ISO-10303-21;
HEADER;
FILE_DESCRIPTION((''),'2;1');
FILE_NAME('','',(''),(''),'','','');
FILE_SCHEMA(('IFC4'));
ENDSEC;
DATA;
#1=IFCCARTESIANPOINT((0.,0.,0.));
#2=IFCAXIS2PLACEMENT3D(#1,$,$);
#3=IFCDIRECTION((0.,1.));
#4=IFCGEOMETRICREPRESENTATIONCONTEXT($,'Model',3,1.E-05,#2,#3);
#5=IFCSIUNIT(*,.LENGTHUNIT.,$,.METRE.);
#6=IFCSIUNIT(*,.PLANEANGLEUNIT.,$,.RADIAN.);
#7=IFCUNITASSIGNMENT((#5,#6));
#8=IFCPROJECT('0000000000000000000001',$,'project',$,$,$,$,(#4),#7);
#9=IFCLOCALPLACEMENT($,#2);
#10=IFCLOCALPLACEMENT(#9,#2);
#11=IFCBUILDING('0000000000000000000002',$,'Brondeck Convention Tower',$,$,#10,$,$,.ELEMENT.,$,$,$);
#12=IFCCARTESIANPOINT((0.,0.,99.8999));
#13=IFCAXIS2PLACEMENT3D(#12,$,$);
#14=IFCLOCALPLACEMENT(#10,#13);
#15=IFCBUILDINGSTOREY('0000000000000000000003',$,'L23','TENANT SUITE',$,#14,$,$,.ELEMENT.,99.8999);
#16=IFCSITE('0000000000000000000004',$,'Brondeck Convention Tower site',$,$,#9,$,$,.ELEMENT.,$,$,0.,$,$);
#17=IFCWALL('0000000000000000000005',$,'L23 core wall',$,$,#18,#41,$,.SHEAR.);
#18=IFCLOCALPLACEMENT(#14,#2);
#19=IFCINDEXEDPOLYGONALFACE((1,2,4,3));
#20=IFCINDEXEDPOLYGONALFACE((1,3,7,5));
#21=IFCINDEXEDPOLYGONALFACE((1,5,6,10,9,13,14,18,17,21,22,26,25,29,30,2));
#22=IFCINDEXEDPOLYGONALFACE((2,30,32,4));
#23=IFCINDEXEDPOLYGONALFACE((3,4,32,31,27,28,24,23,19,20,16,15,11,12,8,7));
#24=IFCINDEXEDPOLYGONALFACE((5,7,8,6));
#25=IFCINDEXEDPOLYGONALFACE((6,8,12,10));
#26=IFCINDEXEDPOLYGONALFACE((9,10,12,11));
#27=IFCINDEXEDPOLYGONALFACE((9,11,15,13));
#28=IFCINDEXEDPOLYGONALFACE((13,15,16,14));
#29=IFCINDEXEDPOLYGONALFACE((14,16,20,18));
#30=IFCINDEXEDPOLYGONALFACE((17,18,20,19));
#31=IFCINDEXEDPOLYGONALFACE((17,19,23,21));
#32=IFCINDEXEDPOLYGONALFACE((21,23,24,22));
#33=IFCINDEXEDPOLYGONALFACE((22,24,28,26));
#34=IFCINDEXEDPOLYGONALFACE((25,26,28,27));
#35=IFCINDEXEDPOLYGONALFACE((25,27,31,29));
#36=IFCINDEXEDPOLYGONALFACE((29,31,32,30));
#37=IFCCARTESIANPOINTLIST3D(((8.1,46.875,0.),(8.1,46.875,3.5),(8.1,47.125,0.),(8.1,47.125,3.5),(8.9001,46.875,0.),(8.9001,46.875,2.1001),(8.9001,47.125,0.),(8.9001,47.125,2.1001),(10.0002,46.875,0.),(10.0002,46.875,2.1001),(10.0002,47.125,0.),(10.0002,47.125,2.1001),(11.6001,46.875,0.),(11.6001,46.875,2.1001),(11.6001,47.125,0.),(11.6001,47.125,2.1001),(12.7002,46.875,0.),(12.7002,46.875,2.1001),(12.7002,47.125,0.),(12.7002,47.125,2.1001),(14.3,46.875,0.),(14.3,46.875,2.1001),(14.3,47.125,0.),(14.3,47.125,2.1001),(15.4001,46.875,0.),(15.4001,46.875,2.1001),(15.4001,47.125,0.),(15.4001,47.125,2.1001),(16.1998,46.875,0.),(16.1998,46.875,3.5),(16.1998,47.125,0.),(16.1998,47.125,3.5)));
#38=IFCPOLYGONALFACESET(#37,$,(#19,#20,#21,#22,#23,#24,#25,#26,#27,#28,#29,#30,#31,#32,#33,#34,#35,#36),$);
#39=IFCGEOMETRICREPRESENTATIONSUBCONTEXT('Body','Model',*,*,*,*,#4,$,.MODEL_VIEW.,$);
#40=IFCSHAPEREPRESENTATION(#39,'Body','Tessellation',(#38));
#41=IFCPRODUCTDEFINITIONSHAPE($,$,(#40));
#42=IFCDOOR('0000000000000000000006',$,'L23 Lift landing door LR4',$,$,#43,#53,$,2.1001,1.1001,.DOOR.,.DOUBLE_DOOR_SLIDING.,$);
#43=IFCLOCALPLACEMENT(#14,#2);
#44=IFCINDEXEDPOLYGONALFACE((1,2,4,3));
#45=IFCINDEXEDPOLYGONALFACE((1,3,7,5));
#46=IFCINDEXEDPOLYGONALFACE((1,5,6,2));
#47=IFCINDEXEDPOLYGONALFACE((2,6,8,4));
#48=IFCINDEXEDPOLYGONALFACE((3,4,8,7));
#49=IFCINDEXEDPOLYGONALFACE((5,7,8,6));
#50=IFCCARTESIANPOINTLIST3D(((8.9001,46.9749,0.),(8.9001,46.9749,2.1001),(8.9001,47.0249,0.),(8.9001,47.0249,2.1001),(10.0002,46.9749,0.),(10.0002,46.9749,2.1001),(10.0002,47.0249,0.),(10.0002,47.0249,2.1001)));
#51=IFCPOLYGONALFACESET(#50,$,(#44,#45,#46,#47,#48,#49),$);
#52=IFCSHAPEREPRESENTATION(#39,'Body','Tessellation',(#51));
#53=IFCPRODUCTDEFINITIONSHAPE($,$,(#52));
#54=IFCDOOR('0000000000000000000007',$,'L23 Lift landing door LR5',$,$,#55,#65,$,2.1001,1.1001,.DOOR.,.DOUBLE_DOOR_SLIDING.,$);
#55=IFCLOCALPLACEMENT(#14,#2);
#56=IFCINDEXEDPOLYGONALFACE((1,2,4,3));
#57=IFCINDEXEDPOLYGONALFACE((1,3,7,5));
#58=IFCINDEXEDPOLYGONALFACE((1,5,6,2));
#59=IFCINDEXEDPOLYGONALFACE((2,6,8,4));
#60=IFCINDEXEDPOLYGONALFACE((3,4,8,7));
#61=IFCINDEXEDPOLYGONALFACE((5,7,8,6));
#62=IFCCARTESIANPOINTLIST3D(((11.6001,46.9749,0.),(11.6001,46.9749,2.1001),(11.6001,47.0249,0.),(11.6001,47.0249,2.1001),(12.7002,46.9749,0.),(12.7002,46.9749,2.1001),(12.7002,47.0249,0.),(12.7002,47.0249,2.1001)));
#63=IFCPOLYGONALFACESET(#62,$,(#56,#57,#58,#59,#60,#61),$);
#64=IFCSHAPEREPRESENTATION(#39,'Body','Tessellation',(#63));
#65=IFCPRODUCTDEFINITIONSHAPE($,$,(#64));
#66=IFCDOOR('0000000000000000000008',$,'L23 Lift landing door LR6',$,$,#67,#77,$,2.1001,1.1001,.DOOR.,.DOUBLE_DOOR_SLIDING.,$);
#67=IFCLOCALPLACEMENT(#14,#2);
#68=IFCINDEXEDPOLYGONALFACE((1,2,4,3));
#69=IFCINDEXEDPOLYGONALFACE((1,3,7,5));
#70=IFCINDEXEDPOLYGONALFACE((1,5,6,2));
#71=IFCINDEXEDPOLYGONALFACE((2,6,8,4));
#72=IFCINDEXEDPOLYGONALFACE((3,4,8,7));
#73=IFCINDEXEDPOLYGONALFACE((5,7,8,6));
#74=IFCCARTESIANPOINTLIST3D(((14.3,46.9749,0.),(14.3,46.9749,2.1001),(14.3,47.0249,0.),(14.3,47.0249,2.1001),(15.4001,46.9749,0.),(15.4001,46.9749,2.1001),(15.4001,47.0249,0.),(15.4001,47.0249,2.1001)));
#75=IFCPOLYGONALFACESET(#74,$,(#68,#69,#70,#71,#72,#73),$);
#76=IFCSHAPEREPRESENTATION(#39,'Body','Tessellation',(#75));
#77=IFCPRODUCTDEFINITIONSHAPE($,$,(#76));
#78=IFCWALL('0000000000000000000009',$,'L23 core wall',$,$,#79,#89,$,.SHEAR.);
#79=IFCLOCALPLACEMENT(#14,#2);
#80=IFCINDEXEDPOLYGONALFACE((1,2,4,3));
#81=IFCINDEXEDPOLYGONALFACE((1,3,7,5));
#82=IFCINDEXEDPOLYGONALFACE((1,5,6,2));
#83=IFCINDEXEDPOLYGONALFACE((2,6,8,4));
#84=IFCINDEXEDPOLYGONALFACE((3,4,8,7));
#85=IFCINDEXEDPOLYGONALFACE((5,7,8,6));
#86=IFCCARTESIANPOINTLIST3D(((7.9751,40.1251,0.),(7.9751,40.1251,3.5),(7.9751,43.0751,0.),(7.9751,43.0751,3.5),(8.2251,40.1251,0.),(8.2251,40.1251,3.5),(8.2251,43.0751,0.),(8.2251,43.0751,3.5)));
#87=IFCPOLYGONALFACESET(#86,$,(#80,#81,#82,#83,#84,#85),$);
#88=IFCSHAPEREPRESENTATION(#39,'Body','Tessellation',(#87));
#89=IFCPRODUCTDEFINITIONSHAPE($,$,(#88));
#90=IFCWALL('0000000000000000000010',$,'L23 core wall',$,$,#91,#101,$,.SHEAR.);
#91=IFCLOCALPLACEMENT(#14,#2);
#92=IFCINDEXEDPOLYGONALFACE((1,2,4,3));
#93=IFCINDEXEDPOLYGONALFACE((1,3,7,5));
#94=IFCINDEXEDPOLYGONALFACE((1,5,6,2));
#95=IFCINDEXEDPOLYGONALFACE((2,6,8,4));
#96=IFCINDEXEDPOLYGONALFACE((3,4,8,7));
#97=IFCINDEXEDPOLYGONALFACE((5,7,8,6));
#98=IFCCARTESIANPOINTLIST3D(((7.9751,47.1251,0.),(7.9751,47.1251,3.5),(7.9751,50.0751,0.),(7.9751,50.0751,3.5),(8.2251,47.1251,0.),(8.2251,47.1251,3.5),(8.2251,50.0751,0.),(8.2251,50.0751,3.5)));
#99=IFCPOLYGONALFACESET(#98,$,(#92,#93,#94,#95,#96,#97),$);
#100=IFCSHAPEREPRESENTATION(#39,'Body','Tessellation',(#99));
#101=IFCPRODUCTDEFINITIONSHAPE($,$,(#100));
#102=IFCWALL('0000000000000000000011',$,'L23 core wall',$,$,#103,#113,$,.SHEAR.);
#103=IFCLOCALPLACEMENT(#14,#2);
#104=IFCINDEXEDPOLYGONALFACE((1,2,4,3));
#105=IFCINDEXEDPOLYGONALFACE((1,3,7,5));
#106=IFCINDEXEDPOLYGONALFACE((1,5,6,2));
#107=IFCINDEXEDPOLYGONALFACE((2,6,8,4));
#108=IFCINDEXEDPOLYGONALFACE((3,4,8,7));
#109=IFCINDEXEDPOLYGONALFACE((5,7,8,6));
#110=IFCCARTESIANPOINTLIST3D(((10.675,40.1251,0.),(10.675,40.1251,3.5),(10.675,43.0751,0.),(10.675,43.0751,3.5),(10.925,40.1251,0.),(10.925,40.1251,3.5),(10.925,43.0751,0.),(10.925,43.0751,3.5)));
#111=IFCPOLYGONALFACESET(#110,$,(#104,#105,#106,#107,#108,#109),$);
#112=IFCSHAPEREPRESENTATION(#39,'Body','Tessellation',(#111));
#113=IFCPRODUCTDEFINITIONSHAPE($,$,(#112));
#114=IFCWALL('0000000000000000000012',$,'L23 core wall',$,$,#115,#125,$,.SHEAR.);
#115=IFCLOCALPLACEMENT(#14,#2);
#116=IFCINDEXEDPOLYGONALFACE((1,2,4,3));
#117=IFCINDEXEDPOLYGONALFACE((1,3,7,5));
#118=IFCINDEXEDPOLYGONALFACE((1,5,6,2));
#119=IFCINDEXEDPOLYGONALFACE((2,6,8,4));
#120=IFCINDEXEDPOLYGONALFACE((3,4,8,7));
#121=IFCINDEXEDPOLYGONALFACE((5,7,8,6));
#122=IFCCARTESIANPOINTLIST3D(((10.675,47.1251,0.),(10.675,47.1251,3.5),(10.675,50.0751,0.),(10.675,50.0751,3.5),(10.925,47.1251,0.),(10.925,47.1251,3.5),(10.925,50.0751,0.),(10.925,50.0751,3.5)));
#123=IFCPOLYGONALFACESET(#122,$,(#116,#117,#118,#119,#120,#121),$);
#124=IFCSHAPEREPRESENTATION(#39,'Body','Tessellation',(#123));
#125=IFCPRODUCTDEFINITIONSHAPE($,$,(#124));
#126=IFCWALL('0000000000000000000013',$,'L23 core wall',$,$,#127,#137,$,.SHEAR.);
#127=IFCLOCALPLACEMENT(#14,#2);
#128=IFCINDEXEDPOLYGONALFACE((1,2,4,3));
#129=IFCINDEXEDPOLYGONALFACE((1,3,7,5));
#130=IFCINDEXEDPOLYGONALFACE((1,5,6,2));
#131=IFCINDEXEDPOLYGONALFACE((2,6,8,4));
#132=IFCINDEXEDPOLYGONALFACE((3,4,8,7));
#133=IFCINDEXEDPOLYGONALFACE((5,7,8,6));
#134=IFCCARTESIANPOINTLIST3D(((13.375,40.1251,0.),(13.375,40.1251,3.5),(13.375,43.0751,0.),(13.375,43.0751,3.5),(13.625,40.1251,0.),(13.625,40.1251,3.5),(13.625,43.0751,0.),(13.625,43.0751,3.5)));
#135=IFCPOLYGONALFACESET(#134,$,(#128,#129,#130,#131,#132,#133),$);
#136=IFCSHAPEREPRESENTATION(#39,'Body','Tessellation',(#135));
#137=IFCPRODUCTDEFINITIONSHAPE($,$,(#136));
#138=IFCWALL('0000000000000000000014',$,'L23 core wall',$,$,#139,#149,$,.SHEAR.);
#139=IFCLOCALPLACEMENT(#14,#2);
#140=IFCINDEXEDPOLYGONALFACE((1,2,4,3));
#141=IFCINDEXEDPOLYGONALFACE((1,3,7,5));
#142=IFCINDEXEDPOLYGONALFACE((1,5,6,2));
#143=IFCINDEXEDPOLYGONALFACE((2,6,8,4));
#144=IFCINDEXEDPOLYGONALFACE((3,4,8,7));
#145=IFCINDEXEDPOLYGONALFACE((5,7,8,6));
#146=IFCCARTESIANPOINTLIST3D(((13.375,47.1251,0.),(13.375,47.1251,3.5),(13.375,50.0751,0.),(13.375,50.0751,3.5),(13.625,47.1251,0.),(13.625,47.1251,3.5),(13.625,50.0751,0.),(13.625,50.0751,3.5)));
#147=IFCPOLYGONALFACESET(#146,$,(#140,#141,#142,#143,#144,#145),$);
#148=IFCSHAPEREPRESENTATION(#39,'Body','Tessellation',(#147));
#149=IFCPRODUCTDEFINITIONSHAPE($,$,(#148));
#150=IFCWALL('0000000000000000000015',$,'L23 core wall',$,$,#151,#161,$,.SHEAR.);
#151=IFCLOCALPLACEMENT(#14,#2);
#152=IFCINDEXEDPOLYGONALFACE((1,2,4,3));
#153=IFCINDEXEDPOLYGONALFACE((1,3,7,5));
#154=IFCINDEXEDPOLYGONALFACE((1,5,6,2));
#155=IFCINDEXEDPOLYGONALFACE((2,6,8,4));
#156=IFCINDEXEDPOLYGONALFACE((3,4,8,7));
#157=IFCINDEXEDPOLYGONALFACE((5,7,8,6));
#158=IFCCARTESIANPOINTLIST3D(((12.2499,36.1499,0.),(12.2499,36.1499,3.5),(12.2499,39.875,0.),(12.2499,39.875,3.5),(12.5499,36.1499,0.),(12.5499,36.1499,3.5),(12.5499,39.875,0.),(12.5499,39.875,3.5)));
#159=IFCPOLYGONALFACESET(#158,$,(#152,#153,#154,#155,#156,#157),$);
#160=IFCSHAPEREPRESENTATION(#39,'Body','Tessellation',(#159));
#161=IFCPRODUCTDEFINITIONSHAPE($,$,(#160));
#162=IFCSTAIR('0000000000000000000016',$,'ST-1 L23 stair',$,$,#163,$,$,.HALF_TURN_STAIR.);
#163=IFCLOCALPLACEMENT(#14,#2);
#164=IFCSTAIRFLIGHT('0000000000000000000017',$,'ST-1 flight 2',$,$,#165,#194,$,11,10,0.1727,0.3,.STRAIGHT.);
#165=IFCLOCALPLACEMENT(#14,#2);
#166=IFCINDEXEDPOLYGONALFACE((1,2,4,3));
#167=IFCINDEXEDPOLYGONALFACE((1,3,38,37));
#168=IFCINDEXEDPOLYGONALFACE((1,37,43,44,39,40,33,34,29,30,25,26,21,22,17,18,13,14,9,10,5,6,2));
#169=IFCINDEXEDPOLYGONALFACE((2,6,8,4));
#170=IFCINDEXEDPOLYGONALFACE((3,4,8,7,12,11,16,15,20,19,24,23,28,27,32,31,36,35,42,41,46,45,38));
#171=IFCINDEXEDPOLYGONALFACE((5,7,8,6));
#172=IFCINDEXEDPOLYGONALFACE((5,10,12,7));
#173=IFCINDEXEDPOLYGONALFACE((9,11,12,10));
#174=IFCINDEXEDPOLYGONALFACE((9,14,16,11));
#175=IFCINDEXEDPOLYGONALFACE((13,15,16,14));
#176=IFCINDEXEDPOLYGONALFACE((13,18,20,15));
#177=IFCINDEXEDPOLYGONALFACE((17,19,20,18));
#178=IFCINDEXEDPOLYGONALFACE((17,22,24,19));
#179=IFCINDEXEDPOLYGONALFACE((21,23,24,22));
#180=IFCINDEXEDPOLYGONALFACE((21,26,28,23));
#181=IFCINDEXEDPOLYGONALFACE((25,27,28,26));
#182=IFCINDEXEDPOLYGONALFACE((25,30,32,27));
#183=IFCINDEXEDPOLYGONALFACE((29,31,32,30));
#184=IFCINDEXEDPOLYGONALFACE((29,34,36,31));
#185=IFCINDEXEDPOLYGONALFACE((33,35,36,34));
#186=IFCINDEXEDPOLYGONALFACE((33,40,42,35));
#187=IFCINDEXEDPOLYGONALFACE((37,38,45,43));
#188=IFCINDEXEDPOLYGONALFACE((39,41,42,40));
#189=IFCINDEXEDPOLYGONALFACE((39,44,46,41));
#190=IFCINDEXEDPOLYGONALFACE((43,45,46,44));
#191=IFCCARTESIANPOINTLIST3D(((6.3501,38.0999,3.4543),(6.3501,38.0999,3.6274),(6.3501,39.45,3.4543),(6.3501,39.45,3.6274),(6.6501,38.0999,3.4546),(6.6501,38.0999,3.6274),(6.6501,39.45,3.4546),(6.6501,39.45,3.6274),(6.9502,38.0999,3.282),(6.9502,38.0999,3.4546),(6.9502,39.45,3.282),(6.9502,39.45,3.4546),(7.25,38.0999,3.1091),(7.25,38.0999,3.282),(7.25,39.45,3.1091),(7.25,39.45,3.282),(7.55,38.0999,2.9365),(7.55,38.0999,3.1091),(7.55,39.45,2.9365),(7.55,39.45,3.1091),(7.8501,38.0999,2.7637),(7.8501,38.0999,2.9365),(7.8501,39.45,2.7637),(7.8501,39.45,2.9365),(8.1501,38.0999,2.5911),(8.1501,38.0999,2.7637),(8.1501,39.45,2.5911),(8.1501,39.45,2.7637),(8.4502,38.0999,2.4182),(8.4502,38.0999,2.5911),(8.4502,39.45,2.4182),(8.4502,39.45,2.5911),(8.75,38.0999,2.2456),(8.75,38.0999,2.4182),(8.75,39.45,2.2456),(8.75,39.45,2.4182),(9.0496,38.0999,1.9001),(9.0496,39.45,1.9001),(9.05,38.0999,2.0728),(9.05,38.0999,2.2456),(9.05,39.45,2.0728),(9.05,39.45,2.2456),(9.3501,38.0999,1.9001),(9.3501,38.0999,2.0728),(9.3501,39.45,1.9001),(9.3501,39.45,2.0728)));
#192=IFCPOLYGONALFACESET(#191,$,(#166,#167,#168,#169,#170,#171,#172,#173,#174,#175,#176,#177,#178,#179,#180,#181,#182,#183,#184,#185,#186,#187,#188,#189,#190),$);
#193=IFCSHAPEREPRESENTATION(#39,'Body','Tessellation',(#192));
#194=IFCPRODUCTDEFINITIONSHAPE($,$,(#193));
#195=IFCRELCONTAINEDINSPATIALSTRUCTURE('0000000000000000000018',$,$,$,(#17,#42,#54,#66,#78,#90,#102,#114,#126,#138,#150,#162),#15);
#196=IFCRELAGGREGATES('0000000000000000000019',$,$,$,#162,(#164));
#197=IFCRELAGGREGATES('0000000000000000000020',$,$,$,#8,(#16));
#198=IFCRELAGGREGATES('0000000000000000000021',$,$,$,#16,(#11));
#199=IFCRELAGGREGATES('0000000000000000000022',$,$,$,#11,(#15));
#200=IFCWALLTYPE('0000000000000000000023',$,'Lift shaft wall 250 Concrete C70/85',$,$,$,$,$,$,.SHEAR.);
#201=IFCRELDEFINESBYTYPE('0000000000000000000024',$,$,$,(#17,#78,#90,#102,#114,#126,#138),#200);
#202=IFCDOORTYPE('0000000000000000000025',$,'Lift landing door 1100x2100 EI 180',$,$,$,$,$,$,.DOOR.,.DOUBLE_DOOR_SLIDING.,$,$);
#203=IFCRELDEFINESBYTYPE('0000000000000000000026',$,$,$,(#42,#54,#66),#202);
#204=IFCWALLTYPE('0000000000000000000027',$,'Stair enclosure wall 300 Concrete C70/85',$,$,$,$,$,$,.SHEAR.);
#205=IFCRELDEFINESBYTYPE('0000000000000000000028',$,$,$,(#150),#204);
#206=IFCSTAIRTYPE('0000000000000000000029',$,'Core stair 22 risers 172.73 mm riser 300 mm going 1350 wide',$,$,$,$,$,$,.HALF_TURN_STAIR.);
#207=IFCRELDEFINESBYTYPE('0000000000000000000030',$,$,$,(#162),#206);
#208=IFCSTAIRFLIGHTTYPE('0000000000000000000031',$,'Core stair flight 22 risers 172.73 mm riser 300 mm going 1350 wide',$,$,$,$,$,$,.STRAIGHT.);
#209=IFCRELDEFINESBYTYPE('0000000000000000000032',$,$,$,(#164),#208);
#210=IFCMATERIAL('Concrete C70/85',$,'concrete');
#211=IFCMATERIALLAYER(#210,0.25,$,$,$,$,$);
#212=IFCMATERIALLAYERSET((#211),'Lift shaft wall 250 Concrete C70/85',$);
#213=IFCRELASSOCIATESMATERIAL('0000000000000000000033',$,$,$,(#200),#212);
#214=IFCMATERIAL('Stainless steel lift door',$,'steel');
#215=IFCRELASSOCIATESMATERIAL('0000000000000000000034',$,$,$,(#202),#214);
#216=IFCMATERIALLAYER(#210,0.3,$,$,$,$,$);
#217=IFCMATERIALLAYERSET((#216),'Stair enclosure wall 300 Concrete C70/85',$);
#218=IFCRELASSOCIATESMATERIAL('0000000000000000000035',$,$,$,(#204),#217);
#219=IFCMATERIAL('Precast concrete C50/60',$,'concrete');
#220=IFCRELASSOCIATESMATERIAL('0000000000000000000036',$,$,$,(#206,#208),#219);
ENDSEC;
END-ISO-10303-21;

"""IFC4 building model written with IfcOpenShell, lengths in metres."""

from ifc_helpers import new_model, si_unit, direction, frame, frame_2d, origin, place, context, subcontext, project, spatial, polyline, rectangle, outline, extrude, material, layer, layer_set, type_object, element, fill, aggregate, save


model = new_model("IFC4")

# Units and contexts
model_context = context("Model", 3, precision=1e-05, world=origin(), true_north=direction((0.0, 1.0)))
body_context = subcontext(model_context, "Body", "Model", "MODEL_VIEW")
ifc_project = project(units=[si_unit("LENGTHUNIT", "METRE"), si_unit("PLANEANGLEUNIT", "RADIAN")], contexts=[model_context])

# Site, building, storey
site_placement = place(None, origin())
site = spatial("IfcSite", under=ifc_project, at=site_placement, Name="Brondeck Convention Tower site", CompositionType="ELEMENT", RefElevation=0.0)
building_placement = place(site_placement, origin())
building = spatial("IfcBuilding", under=site, at=building_placement, Name="Brondeck Convention Tower", CompositionType="ELEMENT")
storey_placement = place(building_placement, frame((0.0, 0.0, 99.8999)))
storey = spatial("IfcBuildingStorey", under=building, at=storey_placement, Name="L23", Description="TENANT SUITE", CompositionType="ELEMENT", Elevation=99.8999)

# Wall, openings, doors
ifc_material_1 = material(Name="Concrete C70/85", Category="concrete")
ifc_layer_1 = layer(ifc_material_1, 0.25)
ifc_layer_set_1 = layer_set([ifc_layer_1], Name="Lift shaft wall 250 Concrete C70/85")
wall_type_1 = type_object("IfcWallType", Name="Lift shaft wall 250 Concrete C70/85", PredefinedType="SHEAR", material=ifc_layer_set_1)
ifc_material_2 = material(Name="Stainless steel lift door", Category="steel")
door_type_1 = type_object("IfcDoorType", Name="Lift landing door 1100x2100 EI 180", OperationType="DOUBLE_DOOR_SLIDING", PredefinedType="DOOR", material=ifc_material_2)
wall_1_placement = place(storey_placement, frame((8.1001, 47.0, 0.0), z_axis=(0.0, 0.0, 1.0), x_axis=(1.0, 0.0, 0.0)))
wall_1 = element("IfcWall", 1, at=wall_1_placement, inside=storey, type_object=wall_type_1, Name="L23 core wall", PredefinedType="SHEAR", context=body_context, shape_type="SweptSolid", body=[
    extrude(rectangle(XDim=8.0999, YDim=0.25, at=frame_2d((4.0498, 0.0))), origin(), (0.0, 0.0, 1.0), 3.5),
])
opening_1_placement = place(wall_1_placement, frame((0.8, 0.0, 0.0)))
opening_1 = element("IfcOpeningElement", 2, at=opening_1_placement, cuts=wall_1, PredefinedType="OPENING", context=body_context, shape_type="SweptSolid", body=[
    extrude(rectangle(XDim=1.1001, YDim=2.1001, at=frame_2d((0.55, 1.05))), frame((0.0, 0.135, 0.0), z_axis=(0.0, -1.0, 0.0), x_axis=(1.0, 0.0, 0.0)), (0.0, 0.0, 1.0), 0.27),
])
opening_2_placement = place(wall_1_placement, frame((3.5, 0.0, 0.0)))
opening_2 = element("IfcOpeningElement", 3, at=opening_2_placement, cuts=wall_1, PredefinedType="OPENING", context=body_context, shape_type="SweptSolid", body=[
    extrude(rectangle(XDim=1.1001, YDim=2.1001, at=frame_2d((0.55, 1.05))), frame((0.0, 0.135, 0.0), z_axis=(0.0, -1.0, 0.0), x_axis=(1.0, 0.0, 0.0)), (0.0, 0.0, 1.0), 0.27),
])
opening_3_placement = place(wall_1_placement, frame((6.2, 0.0, 0.0)))
opening_3 = element("IfcOpeningElement", 4, at=opening_3_placement, cuts=wall_1, PredefinedType="OPENING", context=body_context, shape_type="SweptSolid", body=[
    extrude(rectangle(XDim=1.1001, YDim=2.1001, at=frame_2d((0.55, 1.05))), frame((0.0, 0.135, 0.0), z_axis=(0.0, -1.0, 0.0), x_axis=(1.0, 0.0, 0.0)), (0.0, 0.0, 1.0), 0.27),
])
door_1_placement = place(opening_1_placement, origin())
door_1 = element("IfcDoor", 5, at=door_1_placement, inside=storey, type_object=door_type_1, Name="L23 Lift landing door LR4", OperationType="DOUBLE_DOOR_SLIDING", OverallHeight=2.1001, OverallWidth=1.1001, PredefinedType="DOOR", context=body_context, shape_type="SweptSolid", body=[
    extrude(rectangle(XDim=1.1001, YDim=2.1001, at=frame_2d((0.55, 1.05))), frame((0.0, 0.0249, 0.0), z_axis=(0.0, -1.0, 0.0), x_axis=(1.0, 0.0, 0.0)), (0.0, 0.0, 1.0), 0.05),
])
fill(opening_1, door_1)
door_2_placement = place(opening_2_placement, origin())
door_2 = element("IfcDoor", 6, at=door_2_placement, inside=storey, type_object=door_type_1, Name="L23 Lift landing door LR5", OperationType="DOUBLE_DOOR_SLIDING", OverallHeight=2.1001, OverallWidth=1.1001, PredefinedType="DOOR", context=body_context, shape_type="SweptSolid", body=[
    extrude(rectangle(XDim=1.1001, YDim=2.1001, at=frame_2d((0.55, 1.05))), frame((0.0, 0.0249, 0.0), z_axis=(0.0, -1.0, 0.0), x_axis=(1.0, 0.0, 0.0)), (0.0, 0.0, 1.0), 0.05),
])
fill(opening_2, door_2)
door_3_placement = place(opening_3_placement, origin())
door_3 = element("IfcDoor", 7, at=door_3_placement, inside=storey, type_object=door_type_1, Name="L23 Lift landing door LR6", OperationType="DOUBLE_DOOR_SLIDING", OverallHeight=2.1001, OverallWidth=1.1001, PredefinedType="DOOR", context=body_context, shape_type="SweptSolid", body=[
    extrude(rectangle(XDim=1.1001, YDim=2.1001, at=frame_2d((0.55, 1.05))), frame((0.0, 0.0249, 0.0), z_axis=(0.0, -1.0, 0.0), x_axis=(1.0, 0.0, 0.0)), (0.0, 0.0, 1.0), 0.05),
])
fill(opening_3, door_3)

# Walls
for number, where, z_axis, x_axis, name in (
    (8, (8.1001, 40.125, 0.0), (0.0, 0.0, 1.0), (0.0, 1.0, 0.0), "L23 core wall"),
    (9, (8.1001, 47.125, 0.0), (0.0, 0.0, 1.0), (0.0, 1.0, 0.0), "L23 core wall"),
    (10, (10.8, 40.125, 0.0), (0.0, 0.0, 1.0), (0.0, 1.0, 0.0), "L23 core wall"),
    (11, (10.8, 47.125, 0.0), (0.0, 0.0, 1.0), (0.0, 1.0, 0.0), "L23 core wall"),
    (12, (13.5, 40.125, 0.0), (0.0, 0.0, 1.0), (0.0, 1.0, 0.0), "L23 core wall"),
    (13, (13.5, 47.125, 0.0), (0.0, 0.0, 1.0), (0.0, 1.0, 0.0), "L23 core wall"),
):
    element("IfcWall", number, at=place(storey_placement, frame(where, z_axis=z_axis, x_axis=x_axis)), inside=storey, type_object=wall_type_1, Name=name, PredefinedType="SHEAR", context=body_context, shape_type="SweptSolid", body=[
        extrude(rectangle(XDim=2.95, YDim=0.25, at=frame_2d((1.4751, 0.0))), origin(), (0.0, 0.0, 1.0), 3.5),
    ])
ifc_layer_2 = layer(ifc_material_1, 0.3)
ifc_layer_set_2 = layer_set([ifc_layer_2], Name="Stair enclosure wall 300 Concrete C70/85")
wall_type_2 = type_object("IfcWallType", Name="Stair enclosure wall 300 Concrete C70/85", PredefinedType="SHEAR", material=ifc_layer_set_2)
wall_2_placement = place(storey_placement, frame((12.3999, 36.1499, 0.0), z_axis=(0.0, 0.0, 1.0), x_axis=(0.0, 1.0, 0.0)))
element("IfcWall", 14, at=wall_2_placement, inside=storey, type_object=wall_type_2, Name="L23 core wall", PredefinedType="SHEAR", context=body_context, shape_type="SweptSolid", body=[
    extrude(rectangle(XDim=3.7251, YDim=0.3, at=frame_2d((1.8625, 0.0))), origin(), (0.0, 0.0, 1.0), 3.5),
])

# Stair, stair flight
ifc_material_3 = material(Name="Precast concrete C50/60", Category="concrete")
stair_type = type_object("IfcStairType", Name="Core stair 22 risers 172.73 mm riser 300 mm going 1350 wide", PredefinedType="HALF_TURN_STAIR", material=ifc_material_3)
stair_placement = place(storey_placement, origin())
stair = element("IfcStair", 15, at=stair_placement, inside=storey, type_object=stair_type, Name="ST-1 L23 stair", PredefinedType="HALF_TURN_STAIR")
stair_flight_type = type_object("IfcStairFlightType", Name="Core stair flight 22 risers 172.73 mm riser 300 mm going 1350 wide", PredefinedType="STRAIGHT", material=ifc_material_3)
stair_flight_placement = place(storey_placement, frame((9.3501, 38.7749, 1.9001), z_axis=(0.0, 0.0, 1.0), x_axis=(-1.0, 0.0, 0.0)))
stair_flight = element("IfcStairFlight", 16, at=stair_flight_placement, type_object=stair_flight_type, Name="ST-1 flight 2", NumberOfRisers=11, NumberOfTreads=10, PredefinedType="STRAIGHT", RiserHeight=0.1727, TreadLength=0.3, context=body_context, shape_type="SweptSolid", body=[
    extrude(outline(polyline([(0.0, 0.0), (0.0, 0.1726), (0.3, 0.1726), (0.3, 0.3455), (0.6001, 0.3455), (0.6001, 0.5181), (0.8999, 0.5181), (0.8999, 0.6909), (1.2, 0.6909), (1.2, 0.8635), (1.5, 0.8635), (1.5, 1.0364), (1.8, 1.0364), (1.8, 1.209), (2.1001, 1.209), (2.1001, 1.3818), (2.3999, 1.3818), (2.3999, 1.5544), (2.7, 1.5544), (2.7, 1.7273), (3.0, 1.7273), (3.0, 1.8999), (3.0, 1.5542), (0.3005, 0.0), (0.0, 0.0)])), frame((0.0, 0.675, 0.0), z_axis=(0.0, -1.0, 0.0), x_axis=(1.0, 0.0, 0.0)), (0.0, 0.0, 1.0), 1.3501),
])
aggregate(stair, [stair_flight])

save(model, "model.ifc")
